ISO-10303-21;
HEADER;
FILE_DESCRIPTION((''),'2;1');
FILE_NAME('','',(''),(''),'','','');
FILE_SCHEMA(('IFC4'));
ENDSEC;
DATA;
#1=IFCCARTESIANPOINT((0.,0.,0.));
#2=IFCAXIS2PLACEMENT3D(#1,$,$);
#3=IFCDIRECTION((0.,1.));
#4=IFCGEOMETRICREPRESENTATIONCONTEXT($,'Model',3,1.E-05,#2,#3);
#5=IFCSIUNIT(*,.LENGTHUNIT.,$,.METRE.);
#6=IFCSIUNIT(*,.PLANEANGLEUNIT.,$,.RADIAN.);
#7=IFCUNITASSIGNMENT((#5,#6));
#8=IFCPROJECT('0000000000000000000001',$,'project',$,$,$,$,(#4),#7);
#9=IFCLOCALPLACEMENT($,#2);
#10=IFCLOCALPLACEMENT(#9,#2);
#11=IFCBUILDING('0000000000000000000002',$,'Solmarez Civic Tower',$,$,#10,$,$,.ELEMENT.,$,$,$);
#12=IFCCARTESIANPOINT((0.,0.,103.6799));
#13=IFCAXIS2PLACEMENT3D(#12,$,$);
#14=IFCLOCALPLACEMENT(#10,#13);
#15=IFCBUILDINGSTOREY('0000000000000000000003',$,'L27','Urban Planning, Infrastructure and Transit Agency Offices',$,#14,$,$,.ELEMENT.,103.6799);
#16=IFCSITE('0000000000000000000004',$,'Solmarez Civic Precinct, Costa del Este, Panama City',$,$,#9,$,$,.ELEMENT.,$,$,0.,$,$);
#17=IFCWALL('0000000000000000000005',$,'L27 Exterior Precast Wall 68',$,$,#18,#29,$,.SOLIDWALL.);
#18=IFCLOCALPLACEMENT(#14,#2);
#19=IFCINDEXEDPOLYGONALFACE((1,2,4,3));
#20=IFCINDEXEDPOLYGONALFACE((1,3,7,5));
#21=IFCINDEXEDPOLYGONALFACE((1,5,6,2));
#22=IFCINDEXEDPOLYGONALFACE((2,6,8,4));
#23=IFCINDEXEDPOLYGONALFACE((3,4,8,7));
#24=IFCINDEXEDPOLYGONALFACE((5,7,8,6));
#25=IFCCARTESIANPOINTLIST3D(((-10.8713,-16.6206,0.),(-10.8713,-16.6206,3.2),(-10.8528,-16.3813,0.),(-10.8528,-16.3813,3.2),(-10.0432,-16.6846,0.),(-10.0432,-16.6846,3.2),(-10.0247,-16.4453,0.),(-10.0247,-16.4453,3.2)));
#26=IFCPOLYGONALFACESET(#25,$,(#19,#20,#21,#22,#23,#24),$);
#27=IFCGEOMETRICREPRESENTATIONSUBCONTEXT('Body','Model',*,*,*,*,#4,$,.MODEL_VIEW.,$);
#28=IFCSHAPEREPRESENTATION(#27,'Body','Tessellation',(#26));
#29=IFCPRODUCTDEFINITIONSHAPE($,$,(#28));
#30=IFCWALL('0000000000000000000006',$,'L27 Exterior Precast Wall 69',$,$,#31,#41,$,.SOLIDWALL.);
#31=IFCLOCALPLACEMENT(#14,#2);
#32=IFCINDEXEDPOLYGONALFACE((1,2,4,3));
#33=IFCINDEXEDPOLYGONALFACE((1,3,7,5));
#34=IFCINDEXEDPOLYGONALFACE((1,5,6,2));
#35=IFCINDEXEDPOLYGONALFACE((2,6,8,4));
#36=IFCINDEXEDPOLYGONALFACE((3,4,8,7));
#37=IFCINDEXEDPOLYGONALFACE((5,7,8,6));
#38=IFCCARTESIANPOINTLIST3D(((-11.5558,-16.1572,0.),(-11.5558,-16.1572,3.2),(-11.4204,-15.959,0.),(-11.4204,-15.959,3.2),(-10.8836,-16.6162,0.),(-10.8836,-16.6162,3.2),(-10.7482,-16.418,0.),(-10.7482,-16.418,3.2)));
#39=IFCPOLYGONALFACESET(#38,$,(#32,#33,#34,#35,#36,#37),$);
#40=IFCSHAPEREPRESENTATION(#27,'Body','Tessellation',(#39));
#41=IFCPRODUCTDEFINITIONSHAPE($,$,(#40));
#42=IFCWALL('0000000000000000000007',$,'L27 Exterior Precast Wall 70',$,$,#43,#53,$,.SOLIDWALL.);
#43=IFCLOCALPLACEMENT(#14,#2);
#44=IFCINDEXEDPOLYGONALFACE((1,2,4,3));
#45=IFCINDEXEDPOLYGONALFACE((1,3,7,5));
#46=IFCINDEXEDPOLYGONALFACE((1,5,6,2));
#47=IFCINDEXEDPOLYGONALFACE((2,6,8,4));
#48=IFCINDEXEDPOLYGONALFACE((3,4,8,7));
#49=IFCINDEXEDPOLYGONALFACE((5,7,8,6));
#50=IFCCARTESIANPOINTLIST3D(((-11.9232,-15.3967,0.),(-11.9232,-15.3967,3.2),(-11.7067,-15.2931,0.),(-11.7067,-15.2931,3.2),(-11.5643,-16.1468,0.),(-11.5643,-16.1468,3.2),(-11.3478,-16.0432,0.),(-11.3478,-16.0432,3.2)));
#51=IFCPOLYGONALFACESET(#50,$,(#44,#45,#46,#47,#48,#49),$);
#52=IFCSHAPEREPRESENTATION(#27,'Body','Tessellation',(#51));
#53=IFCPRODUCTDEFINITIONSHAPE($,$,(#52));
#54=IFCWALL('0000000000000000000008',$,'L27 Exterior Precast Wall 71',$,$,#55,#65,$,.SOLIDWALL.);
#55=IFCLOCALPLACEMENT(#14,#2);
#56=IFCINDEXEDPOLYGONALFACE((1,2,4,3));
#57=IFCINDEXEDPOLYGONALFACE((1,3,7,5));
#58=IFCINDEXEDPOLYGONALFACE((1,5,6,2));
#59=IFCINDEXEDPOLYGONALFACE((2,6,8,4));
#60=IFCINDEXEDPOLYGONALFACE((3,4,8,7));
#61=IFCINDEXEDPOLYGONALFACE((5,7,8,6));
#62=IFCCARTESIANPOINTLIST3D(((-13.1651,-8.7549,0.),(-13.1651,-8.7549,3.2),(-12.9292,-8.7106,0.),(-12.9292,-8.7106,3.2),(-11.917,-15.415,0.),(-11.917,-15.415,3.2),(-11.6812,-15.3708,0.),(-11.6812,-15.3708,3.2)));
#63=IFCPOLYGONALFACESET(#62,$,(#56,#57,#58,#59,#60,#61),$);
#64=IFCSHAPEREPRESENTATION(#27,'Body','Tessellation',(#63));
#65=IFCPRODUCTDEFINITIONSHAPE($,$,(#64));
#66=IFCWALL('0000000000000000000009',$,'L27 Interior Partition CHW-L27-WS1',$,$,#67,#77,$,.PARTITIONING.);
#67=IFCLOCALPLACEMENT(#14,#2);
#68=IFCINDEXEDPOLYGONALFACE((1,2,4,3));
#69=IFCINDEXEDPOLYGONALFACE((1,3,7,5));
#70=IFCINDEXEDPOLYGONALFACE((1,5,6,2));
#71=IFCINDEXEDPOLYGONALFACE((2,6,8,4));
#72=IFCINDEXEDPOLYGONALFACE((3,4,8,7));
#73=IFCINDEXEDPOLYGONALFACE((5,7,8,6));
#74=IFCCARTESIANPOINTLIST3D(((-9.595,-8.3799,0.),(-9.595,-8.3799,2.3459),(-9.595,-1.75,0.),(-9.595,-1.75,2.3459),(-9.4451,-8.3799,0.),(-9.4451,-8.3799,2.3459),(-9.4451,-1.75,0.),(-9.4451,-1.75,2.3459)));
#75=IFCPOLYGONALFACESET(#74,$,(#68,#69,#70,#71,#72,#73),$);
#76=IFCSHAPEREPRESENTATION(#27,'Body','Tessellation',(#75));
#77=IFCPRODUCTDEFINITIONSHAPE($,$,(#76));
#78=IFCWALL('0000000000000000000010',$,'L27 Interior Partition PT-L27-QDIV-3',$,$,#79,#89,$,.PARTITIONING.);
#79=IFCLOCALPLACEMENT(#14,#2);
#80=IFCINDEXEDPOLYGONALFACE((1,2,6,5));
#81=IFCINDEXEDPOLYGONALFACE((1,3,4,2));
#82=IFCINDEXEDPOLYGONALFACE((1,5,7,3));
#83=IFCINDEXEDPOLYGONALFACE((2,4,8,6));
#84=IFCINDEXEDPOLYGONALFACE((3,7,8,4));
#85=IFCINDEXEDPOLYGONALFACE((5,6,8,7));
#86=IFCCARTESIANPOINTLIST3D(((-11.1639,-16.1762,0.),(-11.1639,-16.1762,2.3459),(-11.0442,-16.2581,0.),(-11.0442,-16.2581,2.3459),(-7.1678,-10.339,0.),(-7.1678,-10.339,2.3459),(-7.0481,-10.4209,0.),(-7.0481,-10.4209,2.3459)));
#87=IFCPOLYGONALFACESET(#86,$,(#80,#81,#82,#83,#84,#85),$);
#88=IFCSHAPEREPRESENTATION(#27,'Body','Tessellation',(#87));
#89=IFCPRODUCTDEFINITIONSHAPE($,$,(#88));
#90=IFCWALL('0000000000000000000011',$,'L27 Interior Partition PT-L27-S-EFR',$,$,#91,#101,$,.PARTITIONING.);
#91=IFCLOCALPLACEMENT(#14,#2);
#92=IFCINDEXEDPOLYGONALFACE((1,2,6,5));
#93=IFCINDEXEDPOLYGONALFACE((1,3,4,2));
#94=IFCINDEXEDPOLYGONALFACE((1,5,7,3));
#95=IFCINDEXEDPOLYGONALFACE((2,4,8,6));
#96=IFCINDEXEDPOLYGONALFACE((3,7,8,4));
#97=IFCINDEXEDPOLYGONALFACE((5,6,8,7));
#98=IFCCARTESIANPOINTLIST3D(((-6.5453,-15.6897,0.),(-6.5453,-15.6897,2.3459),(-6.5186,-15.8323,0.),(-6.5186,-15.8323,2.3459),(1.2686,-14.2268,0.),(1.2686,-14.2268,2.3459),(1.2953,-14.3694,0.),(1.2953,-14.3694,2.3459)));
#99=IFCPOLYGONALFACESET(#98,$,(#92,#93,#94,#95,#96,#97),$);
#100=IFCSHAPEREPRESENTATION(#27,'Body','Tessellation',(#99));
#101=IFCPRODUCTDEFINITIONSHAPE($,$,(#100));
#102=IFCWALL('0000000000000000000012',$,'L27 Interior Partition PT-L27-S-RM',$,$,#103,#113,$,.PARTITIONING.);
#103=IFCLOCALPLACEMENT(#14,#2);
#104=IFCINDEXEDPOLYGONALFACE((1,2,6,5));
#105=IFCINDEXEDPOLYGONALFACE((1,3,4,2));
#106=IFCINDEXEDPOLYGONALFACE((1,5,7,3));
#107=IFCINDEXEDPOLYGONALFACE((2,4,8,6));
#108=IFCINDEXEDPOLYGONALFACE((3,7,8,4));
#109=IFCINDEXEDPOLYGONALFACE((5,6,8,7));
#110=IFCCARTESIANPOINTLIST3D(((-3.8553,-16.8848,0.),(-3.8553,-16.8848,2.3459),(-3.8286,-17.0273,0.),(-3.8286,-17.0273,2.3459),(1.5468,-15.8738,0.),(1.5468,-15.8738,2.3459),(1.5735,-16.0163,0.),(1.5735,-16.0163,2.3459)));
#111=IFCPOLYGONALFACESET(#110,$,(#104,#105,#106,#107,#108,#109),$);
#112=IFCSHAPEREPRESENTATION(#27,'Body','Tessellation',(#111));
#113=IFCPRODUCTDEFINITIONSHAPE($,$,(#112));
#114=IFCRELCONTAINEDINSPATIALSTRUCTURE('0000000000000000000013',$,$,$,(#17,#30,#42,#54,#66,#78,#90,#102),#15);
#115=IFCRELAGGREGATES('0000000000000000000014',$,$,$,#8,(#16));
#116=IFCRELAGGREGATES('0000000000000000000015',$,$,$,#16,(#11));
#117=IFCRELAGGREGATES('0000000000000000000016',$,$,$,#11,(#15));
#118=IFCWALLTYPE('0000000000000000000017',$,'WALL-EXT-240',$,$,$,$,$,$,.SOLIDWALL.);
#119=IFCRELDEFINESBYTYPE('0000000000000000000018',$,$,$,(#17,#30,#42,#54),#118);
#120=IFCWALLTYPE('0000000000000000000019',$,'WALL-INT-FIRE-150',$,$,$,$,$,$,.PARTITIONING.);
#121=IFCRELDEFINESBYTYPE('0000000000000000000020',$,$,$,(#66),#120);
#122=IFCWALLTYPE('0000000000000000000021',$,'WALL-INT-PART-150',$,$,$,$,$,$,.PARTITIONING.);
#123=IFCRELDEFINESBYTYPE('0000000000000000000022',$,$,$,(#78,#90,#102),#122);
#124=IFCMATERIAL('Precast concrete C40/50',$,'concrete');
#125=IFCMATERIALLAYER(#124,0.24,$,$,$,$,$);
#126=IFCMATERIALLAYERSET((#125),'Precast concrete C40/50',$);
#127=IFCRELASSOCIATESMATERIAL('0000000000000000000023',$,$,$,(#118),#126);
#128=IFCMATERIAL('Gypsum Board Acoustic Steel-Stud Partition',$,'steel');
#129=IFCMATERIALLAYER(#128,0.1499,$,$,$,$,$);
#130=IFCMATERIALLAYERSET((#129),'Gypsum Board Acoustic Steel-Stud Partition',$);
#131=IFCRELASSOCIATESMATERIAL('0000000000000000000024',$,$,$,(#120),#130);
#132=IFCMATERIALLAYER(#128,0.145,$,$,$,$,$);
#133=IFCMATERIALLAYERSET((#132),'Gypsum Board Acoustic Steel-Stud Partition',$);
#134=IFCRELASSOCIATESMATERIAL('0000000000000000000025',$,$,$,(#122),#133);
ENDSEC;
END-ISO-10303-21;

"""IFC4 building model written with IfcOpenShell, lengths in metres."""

from ifc_helpers import new_model, si_unit, direction, frame, frame_2d, origin, place, context, subcontext, project, spatial, rectangle, extrude, material, layer, layer_set, type_object, element, save


model = new_model("IFC4")

# Units and contexts
model_context = context("Model", 3, precision=1e-05, world=origin(), true_north=direction((0.0, 1.0)))
body_context = subcontext(model_context, "Body", "Model", "MODEL_VIEW")
ifc_project = project(units=[si_unit("LENGTHUNIT", "METRE"), si_unit("PLANEANGLEUNIT", "RADIAN")], contexts=[model_context])

# Site, building, storey
site_placement = place(None, origin())
site = spatial("IfcSite", under=ifc_project, at=site_placement, Name="Solmarez Civic Precinct, Costa del Este, Panama City", CompositionType="ELEMENT", RefElevation=0.0)
building_placement = place(site_placement, origin())
building = spatial("IfcBuilding", under=site, at=building_placement, Name="Solmarez Civic Tower", CompositionType="ELEMENT")
storey_placement = place(building_placement, frame((0.0, 0.0, 103.6799)))
storey = spatial("IfcBuildingStorey", under=building, at=storey_placement, Name="L27", Description="Urban Planning, Infrastructure and Transit Agency Offices", CompositionType="ELEMENT", Elevation=103.6799)

# Shared definitions
ifc_material_1 = material(Name="Precast concrete C40/50", Category="concrete")
ifc_layer_1 = layer(ifc_material_1, 0.24)
ifc_layer_set_1 = layer_set([ifc_layer_1], Name="Precast concrete C40/50")
wall_type_1 = type_object("IfcWallType", Name="WALL-EXT-240", PredefinedType="SOLIDWALL", material=ifc_layer_set_1)

# Walls
wall_1_placement = place(storey_placement, frame((-10.0339, -16.5649, 0.0), z_axis=(0.0, 0.0, 1.0), x_axis=(-0.99703, 0.077011, 0.0)))
element("IfcWall", 1, at=wall_1_placement, inside=storey, type_object=wall_type_1, Name="L27 Exterior Precast Wall 68", PredefinedType="SOLIDWALL", context=body_context, shape_type="SweptSolid", body=[
    extrude(rectangle(XDim=0.8306, YDim=0.24, at=frame_2d((0.4153, 0.0))), origin(), (0.0, 0.0, 1.0), 3.2),
])
wall_2_placement = place(storey_placement, frame((-10.8159, -16.5171, 0.0), z_axis=(0.0, 0.0, 1.0), x_axis=(-0.825815, 0.563942, 0.0)))
element("IfcWall", 2, at=wall_2_placement, inside=storey, type_object=wall_type_1, Name="L27 Exterior Precast Wall 69", PredefinedType="SOLIDWALL", context=body_context, shape_type="SweptSolid", body=[
    extrude(rectangle(XDim=0.814, YDim=0.24, at=frame_2d((0.407, 0.0))), origin(), (0.0, 0.0, 1.0), 3.2),
])
wall_3_placement = place(storey_placement, frame((-11.4561, -16.095, 0.0), z_axis=(0.0, 0.0, 1.0), x_axis=(-0.431643, 0.902045, 0.0)))
element("IfcWall", 3, at=wall_3_placement, inside=storey, type_object=wall_type_1, Name="L27 Exterior Precast Wall 70", PredefinedType="SOLIDWALL", context=body_context, shape_type="SweptSolid", body=[
    extrude(rectangle(XDim=0.8315, YDim=0.24, at=frame_2d((0.4158, 0.0))), origin(), (0.0, 0.0, 1.0), 3.2),
])
wall_4_placement = place(storey_placement, frame((-11.7991, -15.3931, 0.0), z_axis=(0.0, 0.0, 1.0), x_axis=(-0.184184, 0.982892, 0.0)))
element("IfcWall", 4, at=wall_4_placement, inside=storey, type_object=wall_type_1, Name="L27 Exterior Precast Wall 71", PredefinedType="SOLIDWALL", context=body_context, shape_type="SweptSolid", body=[
    extrude(rectangle(XDim=6.7761, YDim=0.24, at=frame_2d((3.3882, 0.0))), origin(), (0.0, 0.0, 1.0), 3.2),
])
ifc_material_2 = material(Name="Gypsum Board Acoustic Steel-Stud Partition", Category="steel")
ifc_layer_2 = layer(ifc_material_2, 0.1499)
ifc_layer_set_2 = layer_set([ifc_layer_2], Name="Gypsum Board Acoustic Steel-Stud Partition")
wall_type_2 = type_object("IfcWallType", Name="WALL-INT-FIRE-150", PredefinedType="PARTITIONING", material=ifc_layer_set_2)
wall_5_placement = place(storey_placement, frame((-9.52, -8.3799, 0.0), z_axis=(0.0, 0.0, 1.0), x_axis=(0.0, 1.0, 0.0)))
element("IfcWall", 5, at=wall_5_placement, inside=storey, type_object=wall_type_2, Name="L27 Interior Partition CHW-L27-WS1", PredefinedType="PARTITIONING", context=body_context, shape_type="SweptSolid", body=[
    extrude(rectangle(XDim=6.6299, YDim=0.1499, at=frame_2d((3.3149, 0.0))), origin(), (0.0, 0.0, 1.0), 2.3459),
])
ifc_layer_3 = layer(ifc_material_2, 0.145)
ifc_layer_set_3 = layer_set([ifc_layer_3], Name="Gypsum Board Acoustic Steel-Stud Partition")
wall_type_3 = type_object("IfcWallType", Name="WALL-INT-PART-150", PredefinedType="PARTITIONING", material=ifc_layer_set_3)
wall_6_placement = place(storey_placement, frame((-7.1079, -10.3799, 0.0), z_axis=(0.0, 0.0, 1.0), x_axis=(-0.5649, -0.825159, 0.0)))
element("IfcWall", 6, at=wall_6_placement, inside=storey, type_object=wall_type_3, Name="L27 Interior Partition PT-L27-QDIV-3", PredefinedType="PARTITIONING", context=body_context, shape_type="SweptSolid", body=[
    extrude(rectangle(XDim=7.074, YDim=0.145, at=frame_2d((3.5371, 0.0))), origin(), (0.0, 0.0, 1.0), 2.3459),
])
wall_7_placement = place(storey_placement, frame((-6.532, -15.761, 0.0), z_axis=(0.0, 0.0, 1.0), x_axis=(0.982923, 0.184018, 0.0)))
element("IfcWall", 7, at=wall_7_placement, inside=storey, type_object=wall_type_3, Name="L27 Interior Partition PT-L27-S-EFR", PredefinedType="PARTITIONING", context=body_context, shape_type="SweptSolid", body=[
    extrude(rectangle(XDim=7.9497, YDim=0.145, at=frame_2d((3.9749, 0.0))), origin(), (0.0, 0.0, 1.0), 2.3459),
])
wall_8_placement = place(storey_placement, frame((-3.842, -16.9561, 0.0), z_axis=(0.0, 0.0, 1.0), x_axis=(0.982935, 0.183953, 0.0)))
element("IfcWall", 8, at=wall_8_placement, inside=storey, type_object=wall_type_3, Name="L27 Interior Partition PT-L27-S-RM", PredefinedType="PARTITIONING", context=body_context, shape_type="SweptSolid", body=[
    extrude(rectangle(XDim=5.4958, YDim=0.145, at=frame_2d((2.748, 0.0))), origin(), (0.0, 0.0, 1.0), 2.3459),
])

save(model, "model.ifc")
